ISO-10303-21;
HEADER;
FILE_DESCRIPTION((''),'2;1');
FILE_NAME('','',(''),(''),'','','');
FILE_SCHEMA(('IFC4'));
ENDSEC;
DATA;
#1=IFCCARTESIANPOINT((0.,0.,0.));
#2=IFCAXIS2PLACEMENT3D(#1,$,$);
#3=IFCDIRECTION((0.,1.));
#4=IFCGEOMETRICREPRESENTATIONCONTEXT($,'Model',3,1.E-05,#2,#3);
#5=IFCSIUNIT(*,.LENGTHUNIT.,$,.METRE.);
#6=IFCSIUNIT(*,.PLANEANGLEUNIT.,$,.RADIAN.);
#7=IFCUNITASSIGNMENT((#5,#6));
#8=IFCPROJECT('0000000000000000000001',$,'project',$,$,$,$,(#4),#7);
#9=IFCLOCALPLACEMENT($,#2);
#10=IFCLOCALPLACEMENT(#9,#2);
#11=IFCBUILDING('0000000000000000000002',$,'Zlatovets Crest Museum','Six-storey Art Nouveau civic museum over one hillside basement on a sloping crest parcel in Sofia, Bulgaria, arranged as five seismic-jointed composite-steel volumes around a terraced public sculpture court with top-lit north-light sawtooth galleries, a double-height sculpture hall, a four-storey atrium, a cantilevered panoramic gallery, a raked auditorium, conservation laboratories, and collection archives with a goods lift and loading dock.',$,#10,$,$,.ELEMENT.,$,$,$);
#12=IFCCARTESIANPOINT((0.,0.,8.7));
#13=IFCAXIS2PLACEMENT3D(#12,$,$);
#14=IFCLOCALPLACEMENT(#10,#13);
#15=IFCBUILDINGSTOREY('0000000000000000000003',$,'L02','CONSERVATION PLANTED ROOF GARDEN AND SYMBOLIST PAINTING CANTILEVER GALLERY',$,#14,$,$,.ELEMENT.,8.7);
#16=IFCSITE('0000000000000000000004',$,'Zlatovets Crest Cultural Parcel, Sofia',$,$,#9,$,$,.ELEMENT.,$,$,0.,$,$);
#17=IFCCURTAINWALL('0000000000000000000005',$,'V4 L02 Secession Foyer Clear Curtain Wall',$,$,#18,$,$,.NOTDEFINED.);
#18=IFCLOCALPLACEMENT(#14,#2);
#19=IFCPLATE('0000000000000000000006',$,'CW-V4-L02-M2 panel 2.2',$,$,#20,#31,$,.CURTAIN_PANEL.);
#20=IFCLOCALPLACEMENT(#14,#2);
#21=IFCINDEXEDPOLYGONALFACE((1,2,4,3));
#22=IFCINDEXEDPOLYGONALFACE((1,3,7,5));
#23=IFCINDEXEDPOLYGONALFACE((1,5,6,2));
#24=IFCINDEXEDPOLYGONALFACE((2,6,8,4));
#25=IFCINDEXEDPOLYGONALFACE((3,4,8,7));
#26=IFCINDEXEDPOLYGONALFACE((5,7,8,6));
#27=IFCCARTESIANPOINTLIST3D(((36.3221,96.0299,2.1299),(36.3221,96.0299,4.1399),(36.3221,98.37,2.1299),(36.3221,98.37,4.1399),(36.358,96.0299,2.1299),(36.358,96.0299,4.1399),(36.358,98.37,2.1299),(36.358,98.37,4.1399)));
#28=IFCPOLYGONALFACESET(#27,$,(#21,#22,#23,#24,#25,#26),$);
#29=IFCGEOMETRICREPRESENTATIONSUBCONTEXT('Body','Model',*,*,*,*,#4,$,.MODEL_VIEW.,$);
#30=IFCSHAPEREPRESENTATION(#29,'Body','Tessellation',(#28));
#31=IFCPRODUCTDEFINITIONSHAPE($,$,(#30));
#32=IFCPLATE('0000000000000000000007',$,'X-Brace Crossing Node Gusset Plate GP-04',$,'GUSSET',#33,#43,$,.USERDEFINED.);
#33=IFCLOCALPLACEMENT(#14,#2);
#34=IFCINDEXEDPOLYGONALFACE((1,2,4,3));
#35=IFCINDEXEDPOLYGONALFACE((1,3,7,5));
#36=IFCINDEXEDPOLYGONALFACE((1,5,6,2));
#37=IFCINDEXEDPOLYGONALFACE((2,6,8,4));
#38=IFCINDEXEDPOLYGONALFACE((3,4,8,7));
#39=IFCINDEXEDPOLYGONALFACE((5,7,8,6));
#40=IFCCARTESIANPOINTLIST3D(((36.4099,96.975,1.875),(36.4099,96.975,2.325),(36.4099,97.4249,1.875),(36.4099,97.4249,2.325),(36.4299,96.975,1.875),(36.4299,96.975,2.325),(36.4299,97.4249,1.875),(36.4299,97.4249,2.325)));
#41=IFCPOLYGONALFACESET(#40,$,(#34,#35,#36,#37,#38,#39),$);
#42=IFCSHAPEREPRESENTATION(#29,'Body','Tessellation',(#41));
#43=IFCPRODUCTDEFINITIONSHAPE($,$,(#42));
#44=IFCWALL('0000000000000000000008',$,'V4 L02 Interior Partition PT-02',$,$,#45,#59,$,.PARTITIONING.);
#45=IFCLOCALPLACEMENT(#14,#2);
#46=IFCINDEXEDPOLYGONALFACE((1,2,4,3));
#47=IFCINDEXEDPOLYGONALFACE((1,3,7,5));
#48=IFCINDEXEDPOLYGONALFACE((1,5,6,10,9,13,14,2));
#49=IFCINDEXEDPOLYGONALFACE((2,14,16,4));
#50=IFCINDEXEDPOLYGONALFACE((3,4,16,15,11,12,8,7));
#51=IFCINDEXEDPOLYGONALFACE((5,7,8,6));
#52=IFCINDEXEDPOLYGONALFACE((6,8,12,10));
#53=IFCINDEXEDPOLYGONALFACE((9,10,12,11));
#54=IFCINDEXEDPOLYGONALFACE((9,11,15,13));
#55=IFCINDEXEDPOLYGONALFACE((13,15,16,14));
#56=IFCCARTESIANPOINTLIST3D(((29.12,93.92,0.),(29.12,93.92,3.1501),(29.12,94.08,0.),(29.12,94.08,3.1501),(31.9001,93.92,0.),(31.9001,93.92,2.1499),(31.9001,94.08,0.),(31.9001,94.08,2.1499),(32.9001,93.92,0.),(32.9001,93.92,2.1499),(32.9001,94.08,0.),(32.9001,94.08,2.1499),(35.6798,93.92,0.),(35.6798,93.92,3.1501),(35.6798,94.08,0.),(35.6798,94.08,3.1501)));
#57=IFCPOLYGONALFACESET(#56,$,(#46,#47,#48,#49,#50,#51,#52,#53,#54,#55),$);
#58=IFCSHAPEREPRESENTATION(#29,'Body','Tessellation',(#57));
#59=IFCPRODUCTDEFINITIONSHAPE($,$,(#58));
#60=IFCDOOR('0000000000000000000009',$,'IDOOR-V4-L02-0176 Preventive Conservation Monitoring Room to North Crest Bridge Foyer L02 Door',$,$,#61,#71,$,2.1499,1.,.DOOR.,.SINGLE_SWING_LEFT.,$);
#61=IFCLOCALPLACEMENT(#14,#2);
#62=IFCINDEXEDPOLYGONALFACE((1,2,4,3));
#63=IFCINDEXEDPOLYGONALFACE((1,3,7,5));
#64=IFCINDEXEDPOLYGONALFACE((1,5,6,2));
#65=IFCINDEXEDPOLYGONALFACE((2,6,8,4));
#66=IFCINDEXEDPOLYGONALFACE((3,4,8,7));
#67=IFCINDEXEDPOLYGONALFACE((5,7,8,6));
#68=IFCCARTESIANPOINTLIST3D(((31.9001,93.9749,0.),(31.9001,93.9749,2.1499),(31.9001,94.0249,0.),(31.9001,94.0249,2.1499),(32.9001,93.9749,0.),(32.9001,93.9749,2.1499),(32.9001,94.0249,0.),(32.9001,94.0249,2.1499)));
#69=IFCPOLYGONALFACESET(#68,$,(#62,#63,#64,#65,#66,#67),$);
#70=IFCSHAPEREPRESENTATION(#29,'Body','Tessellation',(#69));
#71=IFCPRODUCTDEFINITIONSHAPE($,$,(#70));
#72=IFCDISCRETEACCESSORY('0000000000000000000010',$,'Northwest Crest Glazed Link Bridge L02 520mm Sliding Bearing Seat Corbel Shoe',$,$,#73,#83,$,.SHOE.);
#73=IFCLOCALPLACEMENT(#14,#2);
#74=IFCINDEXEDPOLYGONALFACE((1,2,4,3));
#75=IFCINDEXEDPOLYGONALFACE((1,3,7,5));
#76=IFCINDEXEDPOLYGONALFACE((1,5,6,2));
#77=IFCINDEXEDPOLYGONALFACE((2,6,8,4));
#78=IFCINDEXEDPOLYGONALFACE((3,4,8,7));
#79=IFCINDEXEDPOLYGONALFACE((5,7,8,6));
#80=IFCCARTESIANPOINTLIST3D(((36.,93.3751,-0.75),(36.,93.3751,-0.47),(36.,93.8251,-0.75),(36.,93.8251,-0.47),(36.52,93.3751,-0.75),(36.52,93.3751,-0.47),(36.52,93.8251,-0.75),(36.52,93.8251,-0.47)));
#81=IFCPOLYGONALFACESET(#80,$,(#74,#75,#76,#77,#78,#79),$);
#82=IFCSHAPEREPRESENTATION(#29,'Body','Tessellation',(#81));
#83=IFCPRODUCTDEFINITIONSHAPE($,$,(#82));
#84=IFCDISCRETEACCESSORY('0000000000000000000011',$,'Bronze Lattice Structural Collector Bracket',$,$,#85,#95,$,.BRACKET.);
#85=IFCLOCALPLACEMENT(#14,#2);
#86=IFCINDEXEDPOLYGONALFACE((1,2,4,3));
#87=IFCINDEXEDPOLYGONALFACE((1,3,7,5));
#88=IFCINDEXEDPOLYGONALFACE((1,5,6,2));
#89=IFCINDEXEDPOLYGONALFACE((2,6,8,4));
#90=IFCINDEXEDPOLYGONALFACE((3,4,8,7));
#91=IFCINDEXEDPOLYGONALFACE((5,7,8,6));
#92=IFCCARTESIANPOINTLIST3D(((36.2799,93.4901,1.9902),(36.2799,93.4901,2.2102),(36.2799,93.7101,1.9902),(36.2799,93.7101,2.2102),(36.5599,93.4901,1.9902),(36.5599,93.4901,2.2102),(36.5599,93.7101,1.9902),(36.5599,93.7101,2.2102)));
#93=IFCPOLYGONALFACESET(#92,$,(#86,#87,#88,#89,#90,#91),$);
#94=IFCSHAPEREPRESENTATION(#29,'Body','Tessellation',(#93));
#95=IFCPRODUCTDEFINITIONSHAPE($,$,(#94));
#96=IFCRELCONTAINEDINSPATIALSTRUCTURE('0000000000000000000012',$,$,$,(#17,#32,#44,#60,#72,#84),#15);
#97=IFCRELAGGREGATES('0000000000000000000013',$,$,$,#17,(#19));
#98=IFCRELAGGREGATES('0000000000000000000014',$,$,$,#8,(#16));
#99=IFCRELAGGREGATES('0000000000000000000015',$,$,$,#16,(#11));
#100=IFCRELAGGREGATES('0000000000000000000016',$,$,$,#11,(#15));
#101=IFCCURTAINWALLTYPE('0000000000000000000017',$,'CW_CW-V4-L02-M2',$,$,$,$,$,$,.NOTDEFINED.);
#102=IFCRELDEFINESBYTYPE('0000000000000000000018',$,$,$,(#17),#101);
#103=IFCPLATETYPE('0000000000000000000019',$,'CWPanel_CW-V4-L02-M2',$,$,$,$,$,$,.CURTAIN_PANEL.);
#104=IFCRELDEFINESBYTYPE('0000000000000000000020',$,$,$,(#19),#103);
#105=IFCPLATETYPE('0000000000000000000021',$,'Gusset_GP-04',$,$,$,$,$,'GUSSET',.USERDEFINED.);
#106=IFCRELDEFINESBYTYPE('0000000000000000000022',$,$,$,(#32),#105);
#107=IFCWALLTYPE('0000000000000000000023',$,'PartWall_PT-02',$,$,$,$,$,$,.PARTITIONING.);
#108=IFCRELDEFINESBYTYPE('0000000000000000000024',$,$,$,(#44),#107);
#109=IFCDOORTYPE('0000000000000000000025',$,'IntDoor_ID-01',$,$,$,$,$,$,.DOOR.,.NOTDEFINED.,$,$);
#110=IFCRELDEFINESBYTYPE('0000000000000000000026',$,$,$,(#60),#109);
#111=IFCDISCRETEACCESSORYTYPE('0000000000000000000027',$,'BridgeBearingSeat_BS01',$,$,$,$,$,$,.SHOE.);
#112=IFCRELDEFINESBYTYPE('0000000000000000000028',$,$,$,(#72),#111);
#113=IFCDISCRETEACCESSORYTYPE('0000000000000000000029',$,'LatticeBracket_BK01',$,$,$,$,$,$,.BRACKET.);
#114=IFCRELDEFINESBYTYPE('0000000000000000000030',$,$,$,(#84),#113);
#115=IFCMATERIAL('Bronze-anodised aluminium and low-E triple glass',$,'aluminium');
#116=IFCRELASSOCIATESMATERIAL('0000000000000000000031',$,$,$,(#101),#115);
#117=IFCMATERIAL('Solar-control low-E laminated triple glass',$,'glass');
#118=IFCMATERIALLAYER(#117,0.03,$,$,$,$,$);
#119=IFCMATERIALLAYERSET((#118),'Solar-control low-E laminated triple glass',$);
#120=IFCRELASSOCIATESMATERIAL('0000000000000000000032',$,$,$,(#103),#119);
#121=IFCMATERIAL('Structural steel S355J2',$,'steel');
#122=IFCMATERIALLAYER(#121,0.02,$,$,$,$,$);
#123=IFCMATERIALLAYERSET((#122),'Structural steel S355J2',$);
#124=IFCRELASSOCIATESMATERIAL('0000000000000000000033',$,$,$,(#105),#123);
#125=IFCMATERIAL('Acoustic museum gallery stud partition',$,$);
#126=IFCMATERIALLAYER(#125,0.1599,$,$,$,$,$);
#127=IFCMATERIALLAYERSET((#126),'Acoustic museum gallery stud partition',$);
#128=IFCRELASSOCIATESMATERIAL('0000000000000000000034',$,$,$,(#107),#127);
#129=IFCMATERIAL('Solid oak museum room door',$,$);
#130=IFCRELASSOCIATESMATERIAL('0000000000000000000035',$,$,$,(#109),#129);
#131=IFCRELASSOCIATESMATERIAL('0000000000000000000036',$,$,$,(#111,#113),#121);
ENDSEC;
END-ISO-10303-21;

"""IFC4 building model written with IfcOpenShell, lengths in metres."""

from ifc_helpers import new_model, si_unit, direction, frame, frame_2d, origin, origin_2d, place, context, subcontext, project, spatial, rectangle, extrude, material, layer, layer_set, type_object, element, fill, aggregate, save


model = new_model("IFC4")

# Units and contexts
model_context = context("Model", 3, precision=1e-05, world=origin(), true_north=direction((0.0, 1.0)))
body_context = subcontext(model_context, "Body", "Model", "MODEL_VIEW")
ifc_project = project(units=[si_unit("LENGTHUNIT", "METRE"), si_unit("PLANEANGLEUNIT", "RADIAN")], contexts=[model_context])

# Site, building, storey
site_placement = place(None, origin())
site = spatial("IfcSite", under=ifc_project, at=site_placement, Name="Zlatovets Crest Cultural Parcel, Sofia", CompositionType="ELEMENT", RefElevation=0.0)
building_placement = place(site_placement, origin())
building = spatial("IfcBuilding", under=site, at=building_placement, Name="Zlatovets Crest Museum", Description="Six-storey Art Nouveau civic museum over one hillside basement on a sloping crest parcel in Sofia, Bulgaria, arranged as five seismic-jointed composite-steel volumes around a terraced public sculpture court with top-lit north-light sawtooth galleries, a double-height sculpture hall, a four-storey atrium, a cantilevered panoramic gallery, a raked auditorium, conservation laboratories, and collection archives with a goods lift and loading dock.", CompositionType="ELEMENT")
storey_placement = place(building_placement, frame((0.0, 0.0, 8.7)))
storey = spatial("IfcBuildingStorey", under=building, at=storey_placement, Name="L02", Description="CONSERVATION PLANTED ROOF GARDEN AND SYMBOLIST PAINTING CANTILEVER GALLERY", CompositionType="ELEMENT", Elevation=8.7)

# Shared definitions
ifc_material_1 = material(Name="Structural steel S355J2", Category="steel")

# Curtain wall
ifc_material_2 = material(Name="Bronze-anodised aluminium and low-E triple glass", Category="aluminium")
curtain_wall_type_1 = type_object("IfcCurtainWallType", Name="CW_CW-V4-L02-M2", PredefinedType="NOTDEFINED", material=ifc_material_2)
curtain_wall_1_placement = place(storey_placement, origin())
curtain_wall_1 = element("IfcCurtainWall", 1, at=curtain_wall_1_placement, inside=storey, type_object=curtain_wall_type_1, Name="V4 L02 Secession Foyer Clear Curtain Wall", PredefinedType="NOTDEFINED")

# Plates
ifc_material_3 = material(Name="Solar-control low-E laminated triple glass", Category="glass")
ifc_layer_1 = layer(ifc_material_3, 0.03)
ifc_layer_set_1 = layer_set([ifc_layer_1], Name="Solar-control low-E laminated triple glass")
plate_type_1 = type_object("IfcPlateType", Name="CWPanel_CW-V4-L02-M2", PredefinedType="CURTAIN_PANEL", material=ifc_layer_set_1)
plate_1_placement = place(storey_placement, frame((36.3401, 97.2, 2.1299), z_axis=(0.0, 0.0, 1.0), x_axis=(0.0, 1.0, 0.0)))
plate_1 = element("IfcPlate", 2, at=plate_1_placement, type_object=plate_type_1, Name="CW-V4-L02-M2 panel 2.2", PredefinedType="CURTAIN_PANEL", context=body_context, shape_type="SweptSolid", body=[
    extrude(rectangle(XDim=2.3401, YDim=0.0359, at=origin_2d()), origin(), (0.0, 0.0, 1.0), 2.01),
])
aggregate(curtain_wall_1, [plate_1])
ifc_layer_2 = layer(ifc_material_1, 0.02)
ifc_layer_set_2 = layer_set([ifc_layer_2], Name="Structural steel S355J2")
plate_type_2 = type_object("IfcPlateType", Name="Gusset_GP-04", ElementType="GUSSET", PredefinedType="USERDEFINED", material=ifc_layer_set_2)
plate_2_placement = place(storey_placement, frame((36.4199, 97.2, 1.875), z_axis=(0.0, 0.0, 1.0), x_axis=(1.0, 0.0, 0.0)))
element("IfcPlate", 3, at=plate_2_placement, inside=storey, type_object=plate_type_2, Name="X-Brace Crossing Node Gusset Plate GP-04", ObjectType="GUSSET", PredefinedType="USERDEFINED", context=body_context, shape_type="SweptSolid", body=[
    extrude(rectangle(XDim=0.02, YDim=0.45, at=origin_2d()), origin(), (0.0, 0.0, 1.0), 0.45),
])

# Wall, opening, door
ifc_material_4 = material(Name="Acoustic museum gallery stud partition")
ifc_layer_3 = layer(ifc_material_4, 0.1599)
ifc_layer_set_3 = layer_set([ifc_layer_3], Name="Acoustic museum gallery stud partition")
wall_type = type_object("IfcWallType", Name="PartWall_PT-02", PredefinedType="PARTITIONING", material=ifc_layer_set_3)
wall_placement = place(storey_placement, frame((29.1201, 94.0, 0.0), z_axis=(0.0, 0.0, 1.0), x_axis=(1.0, 0.0, 0.0)))
wall = element("IfcWall", 4, at=wall_placement, inside=storey, type_object=wall_type, Name="V4 L02 Interior Partition PT-02", PredefinedType="PARTITIONING", context=body_context, shape_type="SweptSolid", body=[
    extrude(rectangle(XDim=6.5598, YDim=0.1599, at=frame_2d((3.2798, 0.0))), origin(), (0.0, 0.0, 1.0), 3.1501),
])
opening_placement = place(wall_placement, frame((2.78, 0.0, 0.0)))
opening = element("IfcOpeningElement", 5, at=opening_placement, cuts=wall, PredefinedType="OPENING", context=body_context, shape_type="SweptSolid", body=[
    extrude(rectangle(XDim=1.0, YDim=2.1499, at=frame_2d((0.5, 1.075))), frame((0.0, 0.0898, 0.0), z_axis=(0.0, -1.0, 0.0), x_axis=(1.0, 0.0, 0.0)), (0.0, 0.0, 1.0), 0.1799),
])
ifc_material_5 = material(Name="Solid oak museum room door")
door_type = type_object("IfcDoorType", Name="IntDoor_ID-01", OperationType="NOTDEFINED", PredefinedType="DOOR", material=ifc_material_5)
door_placement = place(opening_placement, origin())
door = element("IfcDoor", 6, at=door_placement, inside=storey, type_object=door_type, Name="IDOOR-V4-L02-0176 Preventive Conservation Monitoring Room to North Crest Bridge Foyer L02 Door", OperationType="SINGLE_SWING_LEFT", OverallHeight=2.1499, OverallWidth=1.0, PredefinedType="DOOR", context=body_context, shape_type="SweptSolid", body=[
    extrude(rectangle(XDim=1.0, YDim=2.1499, at=frame_2d((0.5, 1.075))), frame((0.0, 0.0249, 0.0), z_axis=(0.0, -1.0, 0.0), x_axis=(1.0, 0.0, 0.0)), (0.0, 0.0, 1.0), 0.05),
])
fill(opening, door)

# Discrete accessories
discrete_accessory_type_1 = type_object("IfcDiscreteAccessoryType", Name="BridgeBearingSeat_BS01", PredefinedType="SHOE", material=ifc_material_1)
discrete_accessory_1_placement = place(storey_placement, frame((36.26, 93.6001, -0.75), z_axis=(0.0, 0.0, 1.0), x_axis=(1.0, 0.0, 0.0)))
element("IfcDiscreteAccessory", 7, at=discrete_accessory_1_placement, inside=storey, type_object=discrete_accessory_type_1, Name="Northwest Crest Glazed Link Bridge L02 520mm Sliding Bearing Seat Corbel Shoe", PredefinedType="SHOE", context=body_context, shape_type="SweptSolid", body=[
    extrude(rectangle(XDim=0.52, YDim=0.45, at=origin_2d()), origin(), (0.0, 0.0, 1.0), 0.28),
])
discrete_accessory_type_2 = type_object("IfcDiscreteAccessoryType", Name="LatticeBracket_BK01", PredefinedType="BRACKET", material=ifc_material_1)
discrete_accessory_2_placement = place(storey_placement, frame((36.4199, 93.6001, 1.9902), z_axis=(0.0, 0.0, 1.0), x_axis=(1.0, 0.0, 0.0)))
element("IfcDiscreteAccessory", 8, at=discrete_accessory_2_placement, inside=storey, type_object=discrete_accessory_type_2, Name="Bronze Lattice Structural Collector Bracket", PredefinedType="BRACKET", context=body_context, shape_type="SweptSolid", body=[
    extrude(rectangle(XDim=0.28, YDim=0.22, at=origin_2d()), origin(), (0.0, 0.0, 1.0), 0.22),
])

save(model, "model.ifc")
